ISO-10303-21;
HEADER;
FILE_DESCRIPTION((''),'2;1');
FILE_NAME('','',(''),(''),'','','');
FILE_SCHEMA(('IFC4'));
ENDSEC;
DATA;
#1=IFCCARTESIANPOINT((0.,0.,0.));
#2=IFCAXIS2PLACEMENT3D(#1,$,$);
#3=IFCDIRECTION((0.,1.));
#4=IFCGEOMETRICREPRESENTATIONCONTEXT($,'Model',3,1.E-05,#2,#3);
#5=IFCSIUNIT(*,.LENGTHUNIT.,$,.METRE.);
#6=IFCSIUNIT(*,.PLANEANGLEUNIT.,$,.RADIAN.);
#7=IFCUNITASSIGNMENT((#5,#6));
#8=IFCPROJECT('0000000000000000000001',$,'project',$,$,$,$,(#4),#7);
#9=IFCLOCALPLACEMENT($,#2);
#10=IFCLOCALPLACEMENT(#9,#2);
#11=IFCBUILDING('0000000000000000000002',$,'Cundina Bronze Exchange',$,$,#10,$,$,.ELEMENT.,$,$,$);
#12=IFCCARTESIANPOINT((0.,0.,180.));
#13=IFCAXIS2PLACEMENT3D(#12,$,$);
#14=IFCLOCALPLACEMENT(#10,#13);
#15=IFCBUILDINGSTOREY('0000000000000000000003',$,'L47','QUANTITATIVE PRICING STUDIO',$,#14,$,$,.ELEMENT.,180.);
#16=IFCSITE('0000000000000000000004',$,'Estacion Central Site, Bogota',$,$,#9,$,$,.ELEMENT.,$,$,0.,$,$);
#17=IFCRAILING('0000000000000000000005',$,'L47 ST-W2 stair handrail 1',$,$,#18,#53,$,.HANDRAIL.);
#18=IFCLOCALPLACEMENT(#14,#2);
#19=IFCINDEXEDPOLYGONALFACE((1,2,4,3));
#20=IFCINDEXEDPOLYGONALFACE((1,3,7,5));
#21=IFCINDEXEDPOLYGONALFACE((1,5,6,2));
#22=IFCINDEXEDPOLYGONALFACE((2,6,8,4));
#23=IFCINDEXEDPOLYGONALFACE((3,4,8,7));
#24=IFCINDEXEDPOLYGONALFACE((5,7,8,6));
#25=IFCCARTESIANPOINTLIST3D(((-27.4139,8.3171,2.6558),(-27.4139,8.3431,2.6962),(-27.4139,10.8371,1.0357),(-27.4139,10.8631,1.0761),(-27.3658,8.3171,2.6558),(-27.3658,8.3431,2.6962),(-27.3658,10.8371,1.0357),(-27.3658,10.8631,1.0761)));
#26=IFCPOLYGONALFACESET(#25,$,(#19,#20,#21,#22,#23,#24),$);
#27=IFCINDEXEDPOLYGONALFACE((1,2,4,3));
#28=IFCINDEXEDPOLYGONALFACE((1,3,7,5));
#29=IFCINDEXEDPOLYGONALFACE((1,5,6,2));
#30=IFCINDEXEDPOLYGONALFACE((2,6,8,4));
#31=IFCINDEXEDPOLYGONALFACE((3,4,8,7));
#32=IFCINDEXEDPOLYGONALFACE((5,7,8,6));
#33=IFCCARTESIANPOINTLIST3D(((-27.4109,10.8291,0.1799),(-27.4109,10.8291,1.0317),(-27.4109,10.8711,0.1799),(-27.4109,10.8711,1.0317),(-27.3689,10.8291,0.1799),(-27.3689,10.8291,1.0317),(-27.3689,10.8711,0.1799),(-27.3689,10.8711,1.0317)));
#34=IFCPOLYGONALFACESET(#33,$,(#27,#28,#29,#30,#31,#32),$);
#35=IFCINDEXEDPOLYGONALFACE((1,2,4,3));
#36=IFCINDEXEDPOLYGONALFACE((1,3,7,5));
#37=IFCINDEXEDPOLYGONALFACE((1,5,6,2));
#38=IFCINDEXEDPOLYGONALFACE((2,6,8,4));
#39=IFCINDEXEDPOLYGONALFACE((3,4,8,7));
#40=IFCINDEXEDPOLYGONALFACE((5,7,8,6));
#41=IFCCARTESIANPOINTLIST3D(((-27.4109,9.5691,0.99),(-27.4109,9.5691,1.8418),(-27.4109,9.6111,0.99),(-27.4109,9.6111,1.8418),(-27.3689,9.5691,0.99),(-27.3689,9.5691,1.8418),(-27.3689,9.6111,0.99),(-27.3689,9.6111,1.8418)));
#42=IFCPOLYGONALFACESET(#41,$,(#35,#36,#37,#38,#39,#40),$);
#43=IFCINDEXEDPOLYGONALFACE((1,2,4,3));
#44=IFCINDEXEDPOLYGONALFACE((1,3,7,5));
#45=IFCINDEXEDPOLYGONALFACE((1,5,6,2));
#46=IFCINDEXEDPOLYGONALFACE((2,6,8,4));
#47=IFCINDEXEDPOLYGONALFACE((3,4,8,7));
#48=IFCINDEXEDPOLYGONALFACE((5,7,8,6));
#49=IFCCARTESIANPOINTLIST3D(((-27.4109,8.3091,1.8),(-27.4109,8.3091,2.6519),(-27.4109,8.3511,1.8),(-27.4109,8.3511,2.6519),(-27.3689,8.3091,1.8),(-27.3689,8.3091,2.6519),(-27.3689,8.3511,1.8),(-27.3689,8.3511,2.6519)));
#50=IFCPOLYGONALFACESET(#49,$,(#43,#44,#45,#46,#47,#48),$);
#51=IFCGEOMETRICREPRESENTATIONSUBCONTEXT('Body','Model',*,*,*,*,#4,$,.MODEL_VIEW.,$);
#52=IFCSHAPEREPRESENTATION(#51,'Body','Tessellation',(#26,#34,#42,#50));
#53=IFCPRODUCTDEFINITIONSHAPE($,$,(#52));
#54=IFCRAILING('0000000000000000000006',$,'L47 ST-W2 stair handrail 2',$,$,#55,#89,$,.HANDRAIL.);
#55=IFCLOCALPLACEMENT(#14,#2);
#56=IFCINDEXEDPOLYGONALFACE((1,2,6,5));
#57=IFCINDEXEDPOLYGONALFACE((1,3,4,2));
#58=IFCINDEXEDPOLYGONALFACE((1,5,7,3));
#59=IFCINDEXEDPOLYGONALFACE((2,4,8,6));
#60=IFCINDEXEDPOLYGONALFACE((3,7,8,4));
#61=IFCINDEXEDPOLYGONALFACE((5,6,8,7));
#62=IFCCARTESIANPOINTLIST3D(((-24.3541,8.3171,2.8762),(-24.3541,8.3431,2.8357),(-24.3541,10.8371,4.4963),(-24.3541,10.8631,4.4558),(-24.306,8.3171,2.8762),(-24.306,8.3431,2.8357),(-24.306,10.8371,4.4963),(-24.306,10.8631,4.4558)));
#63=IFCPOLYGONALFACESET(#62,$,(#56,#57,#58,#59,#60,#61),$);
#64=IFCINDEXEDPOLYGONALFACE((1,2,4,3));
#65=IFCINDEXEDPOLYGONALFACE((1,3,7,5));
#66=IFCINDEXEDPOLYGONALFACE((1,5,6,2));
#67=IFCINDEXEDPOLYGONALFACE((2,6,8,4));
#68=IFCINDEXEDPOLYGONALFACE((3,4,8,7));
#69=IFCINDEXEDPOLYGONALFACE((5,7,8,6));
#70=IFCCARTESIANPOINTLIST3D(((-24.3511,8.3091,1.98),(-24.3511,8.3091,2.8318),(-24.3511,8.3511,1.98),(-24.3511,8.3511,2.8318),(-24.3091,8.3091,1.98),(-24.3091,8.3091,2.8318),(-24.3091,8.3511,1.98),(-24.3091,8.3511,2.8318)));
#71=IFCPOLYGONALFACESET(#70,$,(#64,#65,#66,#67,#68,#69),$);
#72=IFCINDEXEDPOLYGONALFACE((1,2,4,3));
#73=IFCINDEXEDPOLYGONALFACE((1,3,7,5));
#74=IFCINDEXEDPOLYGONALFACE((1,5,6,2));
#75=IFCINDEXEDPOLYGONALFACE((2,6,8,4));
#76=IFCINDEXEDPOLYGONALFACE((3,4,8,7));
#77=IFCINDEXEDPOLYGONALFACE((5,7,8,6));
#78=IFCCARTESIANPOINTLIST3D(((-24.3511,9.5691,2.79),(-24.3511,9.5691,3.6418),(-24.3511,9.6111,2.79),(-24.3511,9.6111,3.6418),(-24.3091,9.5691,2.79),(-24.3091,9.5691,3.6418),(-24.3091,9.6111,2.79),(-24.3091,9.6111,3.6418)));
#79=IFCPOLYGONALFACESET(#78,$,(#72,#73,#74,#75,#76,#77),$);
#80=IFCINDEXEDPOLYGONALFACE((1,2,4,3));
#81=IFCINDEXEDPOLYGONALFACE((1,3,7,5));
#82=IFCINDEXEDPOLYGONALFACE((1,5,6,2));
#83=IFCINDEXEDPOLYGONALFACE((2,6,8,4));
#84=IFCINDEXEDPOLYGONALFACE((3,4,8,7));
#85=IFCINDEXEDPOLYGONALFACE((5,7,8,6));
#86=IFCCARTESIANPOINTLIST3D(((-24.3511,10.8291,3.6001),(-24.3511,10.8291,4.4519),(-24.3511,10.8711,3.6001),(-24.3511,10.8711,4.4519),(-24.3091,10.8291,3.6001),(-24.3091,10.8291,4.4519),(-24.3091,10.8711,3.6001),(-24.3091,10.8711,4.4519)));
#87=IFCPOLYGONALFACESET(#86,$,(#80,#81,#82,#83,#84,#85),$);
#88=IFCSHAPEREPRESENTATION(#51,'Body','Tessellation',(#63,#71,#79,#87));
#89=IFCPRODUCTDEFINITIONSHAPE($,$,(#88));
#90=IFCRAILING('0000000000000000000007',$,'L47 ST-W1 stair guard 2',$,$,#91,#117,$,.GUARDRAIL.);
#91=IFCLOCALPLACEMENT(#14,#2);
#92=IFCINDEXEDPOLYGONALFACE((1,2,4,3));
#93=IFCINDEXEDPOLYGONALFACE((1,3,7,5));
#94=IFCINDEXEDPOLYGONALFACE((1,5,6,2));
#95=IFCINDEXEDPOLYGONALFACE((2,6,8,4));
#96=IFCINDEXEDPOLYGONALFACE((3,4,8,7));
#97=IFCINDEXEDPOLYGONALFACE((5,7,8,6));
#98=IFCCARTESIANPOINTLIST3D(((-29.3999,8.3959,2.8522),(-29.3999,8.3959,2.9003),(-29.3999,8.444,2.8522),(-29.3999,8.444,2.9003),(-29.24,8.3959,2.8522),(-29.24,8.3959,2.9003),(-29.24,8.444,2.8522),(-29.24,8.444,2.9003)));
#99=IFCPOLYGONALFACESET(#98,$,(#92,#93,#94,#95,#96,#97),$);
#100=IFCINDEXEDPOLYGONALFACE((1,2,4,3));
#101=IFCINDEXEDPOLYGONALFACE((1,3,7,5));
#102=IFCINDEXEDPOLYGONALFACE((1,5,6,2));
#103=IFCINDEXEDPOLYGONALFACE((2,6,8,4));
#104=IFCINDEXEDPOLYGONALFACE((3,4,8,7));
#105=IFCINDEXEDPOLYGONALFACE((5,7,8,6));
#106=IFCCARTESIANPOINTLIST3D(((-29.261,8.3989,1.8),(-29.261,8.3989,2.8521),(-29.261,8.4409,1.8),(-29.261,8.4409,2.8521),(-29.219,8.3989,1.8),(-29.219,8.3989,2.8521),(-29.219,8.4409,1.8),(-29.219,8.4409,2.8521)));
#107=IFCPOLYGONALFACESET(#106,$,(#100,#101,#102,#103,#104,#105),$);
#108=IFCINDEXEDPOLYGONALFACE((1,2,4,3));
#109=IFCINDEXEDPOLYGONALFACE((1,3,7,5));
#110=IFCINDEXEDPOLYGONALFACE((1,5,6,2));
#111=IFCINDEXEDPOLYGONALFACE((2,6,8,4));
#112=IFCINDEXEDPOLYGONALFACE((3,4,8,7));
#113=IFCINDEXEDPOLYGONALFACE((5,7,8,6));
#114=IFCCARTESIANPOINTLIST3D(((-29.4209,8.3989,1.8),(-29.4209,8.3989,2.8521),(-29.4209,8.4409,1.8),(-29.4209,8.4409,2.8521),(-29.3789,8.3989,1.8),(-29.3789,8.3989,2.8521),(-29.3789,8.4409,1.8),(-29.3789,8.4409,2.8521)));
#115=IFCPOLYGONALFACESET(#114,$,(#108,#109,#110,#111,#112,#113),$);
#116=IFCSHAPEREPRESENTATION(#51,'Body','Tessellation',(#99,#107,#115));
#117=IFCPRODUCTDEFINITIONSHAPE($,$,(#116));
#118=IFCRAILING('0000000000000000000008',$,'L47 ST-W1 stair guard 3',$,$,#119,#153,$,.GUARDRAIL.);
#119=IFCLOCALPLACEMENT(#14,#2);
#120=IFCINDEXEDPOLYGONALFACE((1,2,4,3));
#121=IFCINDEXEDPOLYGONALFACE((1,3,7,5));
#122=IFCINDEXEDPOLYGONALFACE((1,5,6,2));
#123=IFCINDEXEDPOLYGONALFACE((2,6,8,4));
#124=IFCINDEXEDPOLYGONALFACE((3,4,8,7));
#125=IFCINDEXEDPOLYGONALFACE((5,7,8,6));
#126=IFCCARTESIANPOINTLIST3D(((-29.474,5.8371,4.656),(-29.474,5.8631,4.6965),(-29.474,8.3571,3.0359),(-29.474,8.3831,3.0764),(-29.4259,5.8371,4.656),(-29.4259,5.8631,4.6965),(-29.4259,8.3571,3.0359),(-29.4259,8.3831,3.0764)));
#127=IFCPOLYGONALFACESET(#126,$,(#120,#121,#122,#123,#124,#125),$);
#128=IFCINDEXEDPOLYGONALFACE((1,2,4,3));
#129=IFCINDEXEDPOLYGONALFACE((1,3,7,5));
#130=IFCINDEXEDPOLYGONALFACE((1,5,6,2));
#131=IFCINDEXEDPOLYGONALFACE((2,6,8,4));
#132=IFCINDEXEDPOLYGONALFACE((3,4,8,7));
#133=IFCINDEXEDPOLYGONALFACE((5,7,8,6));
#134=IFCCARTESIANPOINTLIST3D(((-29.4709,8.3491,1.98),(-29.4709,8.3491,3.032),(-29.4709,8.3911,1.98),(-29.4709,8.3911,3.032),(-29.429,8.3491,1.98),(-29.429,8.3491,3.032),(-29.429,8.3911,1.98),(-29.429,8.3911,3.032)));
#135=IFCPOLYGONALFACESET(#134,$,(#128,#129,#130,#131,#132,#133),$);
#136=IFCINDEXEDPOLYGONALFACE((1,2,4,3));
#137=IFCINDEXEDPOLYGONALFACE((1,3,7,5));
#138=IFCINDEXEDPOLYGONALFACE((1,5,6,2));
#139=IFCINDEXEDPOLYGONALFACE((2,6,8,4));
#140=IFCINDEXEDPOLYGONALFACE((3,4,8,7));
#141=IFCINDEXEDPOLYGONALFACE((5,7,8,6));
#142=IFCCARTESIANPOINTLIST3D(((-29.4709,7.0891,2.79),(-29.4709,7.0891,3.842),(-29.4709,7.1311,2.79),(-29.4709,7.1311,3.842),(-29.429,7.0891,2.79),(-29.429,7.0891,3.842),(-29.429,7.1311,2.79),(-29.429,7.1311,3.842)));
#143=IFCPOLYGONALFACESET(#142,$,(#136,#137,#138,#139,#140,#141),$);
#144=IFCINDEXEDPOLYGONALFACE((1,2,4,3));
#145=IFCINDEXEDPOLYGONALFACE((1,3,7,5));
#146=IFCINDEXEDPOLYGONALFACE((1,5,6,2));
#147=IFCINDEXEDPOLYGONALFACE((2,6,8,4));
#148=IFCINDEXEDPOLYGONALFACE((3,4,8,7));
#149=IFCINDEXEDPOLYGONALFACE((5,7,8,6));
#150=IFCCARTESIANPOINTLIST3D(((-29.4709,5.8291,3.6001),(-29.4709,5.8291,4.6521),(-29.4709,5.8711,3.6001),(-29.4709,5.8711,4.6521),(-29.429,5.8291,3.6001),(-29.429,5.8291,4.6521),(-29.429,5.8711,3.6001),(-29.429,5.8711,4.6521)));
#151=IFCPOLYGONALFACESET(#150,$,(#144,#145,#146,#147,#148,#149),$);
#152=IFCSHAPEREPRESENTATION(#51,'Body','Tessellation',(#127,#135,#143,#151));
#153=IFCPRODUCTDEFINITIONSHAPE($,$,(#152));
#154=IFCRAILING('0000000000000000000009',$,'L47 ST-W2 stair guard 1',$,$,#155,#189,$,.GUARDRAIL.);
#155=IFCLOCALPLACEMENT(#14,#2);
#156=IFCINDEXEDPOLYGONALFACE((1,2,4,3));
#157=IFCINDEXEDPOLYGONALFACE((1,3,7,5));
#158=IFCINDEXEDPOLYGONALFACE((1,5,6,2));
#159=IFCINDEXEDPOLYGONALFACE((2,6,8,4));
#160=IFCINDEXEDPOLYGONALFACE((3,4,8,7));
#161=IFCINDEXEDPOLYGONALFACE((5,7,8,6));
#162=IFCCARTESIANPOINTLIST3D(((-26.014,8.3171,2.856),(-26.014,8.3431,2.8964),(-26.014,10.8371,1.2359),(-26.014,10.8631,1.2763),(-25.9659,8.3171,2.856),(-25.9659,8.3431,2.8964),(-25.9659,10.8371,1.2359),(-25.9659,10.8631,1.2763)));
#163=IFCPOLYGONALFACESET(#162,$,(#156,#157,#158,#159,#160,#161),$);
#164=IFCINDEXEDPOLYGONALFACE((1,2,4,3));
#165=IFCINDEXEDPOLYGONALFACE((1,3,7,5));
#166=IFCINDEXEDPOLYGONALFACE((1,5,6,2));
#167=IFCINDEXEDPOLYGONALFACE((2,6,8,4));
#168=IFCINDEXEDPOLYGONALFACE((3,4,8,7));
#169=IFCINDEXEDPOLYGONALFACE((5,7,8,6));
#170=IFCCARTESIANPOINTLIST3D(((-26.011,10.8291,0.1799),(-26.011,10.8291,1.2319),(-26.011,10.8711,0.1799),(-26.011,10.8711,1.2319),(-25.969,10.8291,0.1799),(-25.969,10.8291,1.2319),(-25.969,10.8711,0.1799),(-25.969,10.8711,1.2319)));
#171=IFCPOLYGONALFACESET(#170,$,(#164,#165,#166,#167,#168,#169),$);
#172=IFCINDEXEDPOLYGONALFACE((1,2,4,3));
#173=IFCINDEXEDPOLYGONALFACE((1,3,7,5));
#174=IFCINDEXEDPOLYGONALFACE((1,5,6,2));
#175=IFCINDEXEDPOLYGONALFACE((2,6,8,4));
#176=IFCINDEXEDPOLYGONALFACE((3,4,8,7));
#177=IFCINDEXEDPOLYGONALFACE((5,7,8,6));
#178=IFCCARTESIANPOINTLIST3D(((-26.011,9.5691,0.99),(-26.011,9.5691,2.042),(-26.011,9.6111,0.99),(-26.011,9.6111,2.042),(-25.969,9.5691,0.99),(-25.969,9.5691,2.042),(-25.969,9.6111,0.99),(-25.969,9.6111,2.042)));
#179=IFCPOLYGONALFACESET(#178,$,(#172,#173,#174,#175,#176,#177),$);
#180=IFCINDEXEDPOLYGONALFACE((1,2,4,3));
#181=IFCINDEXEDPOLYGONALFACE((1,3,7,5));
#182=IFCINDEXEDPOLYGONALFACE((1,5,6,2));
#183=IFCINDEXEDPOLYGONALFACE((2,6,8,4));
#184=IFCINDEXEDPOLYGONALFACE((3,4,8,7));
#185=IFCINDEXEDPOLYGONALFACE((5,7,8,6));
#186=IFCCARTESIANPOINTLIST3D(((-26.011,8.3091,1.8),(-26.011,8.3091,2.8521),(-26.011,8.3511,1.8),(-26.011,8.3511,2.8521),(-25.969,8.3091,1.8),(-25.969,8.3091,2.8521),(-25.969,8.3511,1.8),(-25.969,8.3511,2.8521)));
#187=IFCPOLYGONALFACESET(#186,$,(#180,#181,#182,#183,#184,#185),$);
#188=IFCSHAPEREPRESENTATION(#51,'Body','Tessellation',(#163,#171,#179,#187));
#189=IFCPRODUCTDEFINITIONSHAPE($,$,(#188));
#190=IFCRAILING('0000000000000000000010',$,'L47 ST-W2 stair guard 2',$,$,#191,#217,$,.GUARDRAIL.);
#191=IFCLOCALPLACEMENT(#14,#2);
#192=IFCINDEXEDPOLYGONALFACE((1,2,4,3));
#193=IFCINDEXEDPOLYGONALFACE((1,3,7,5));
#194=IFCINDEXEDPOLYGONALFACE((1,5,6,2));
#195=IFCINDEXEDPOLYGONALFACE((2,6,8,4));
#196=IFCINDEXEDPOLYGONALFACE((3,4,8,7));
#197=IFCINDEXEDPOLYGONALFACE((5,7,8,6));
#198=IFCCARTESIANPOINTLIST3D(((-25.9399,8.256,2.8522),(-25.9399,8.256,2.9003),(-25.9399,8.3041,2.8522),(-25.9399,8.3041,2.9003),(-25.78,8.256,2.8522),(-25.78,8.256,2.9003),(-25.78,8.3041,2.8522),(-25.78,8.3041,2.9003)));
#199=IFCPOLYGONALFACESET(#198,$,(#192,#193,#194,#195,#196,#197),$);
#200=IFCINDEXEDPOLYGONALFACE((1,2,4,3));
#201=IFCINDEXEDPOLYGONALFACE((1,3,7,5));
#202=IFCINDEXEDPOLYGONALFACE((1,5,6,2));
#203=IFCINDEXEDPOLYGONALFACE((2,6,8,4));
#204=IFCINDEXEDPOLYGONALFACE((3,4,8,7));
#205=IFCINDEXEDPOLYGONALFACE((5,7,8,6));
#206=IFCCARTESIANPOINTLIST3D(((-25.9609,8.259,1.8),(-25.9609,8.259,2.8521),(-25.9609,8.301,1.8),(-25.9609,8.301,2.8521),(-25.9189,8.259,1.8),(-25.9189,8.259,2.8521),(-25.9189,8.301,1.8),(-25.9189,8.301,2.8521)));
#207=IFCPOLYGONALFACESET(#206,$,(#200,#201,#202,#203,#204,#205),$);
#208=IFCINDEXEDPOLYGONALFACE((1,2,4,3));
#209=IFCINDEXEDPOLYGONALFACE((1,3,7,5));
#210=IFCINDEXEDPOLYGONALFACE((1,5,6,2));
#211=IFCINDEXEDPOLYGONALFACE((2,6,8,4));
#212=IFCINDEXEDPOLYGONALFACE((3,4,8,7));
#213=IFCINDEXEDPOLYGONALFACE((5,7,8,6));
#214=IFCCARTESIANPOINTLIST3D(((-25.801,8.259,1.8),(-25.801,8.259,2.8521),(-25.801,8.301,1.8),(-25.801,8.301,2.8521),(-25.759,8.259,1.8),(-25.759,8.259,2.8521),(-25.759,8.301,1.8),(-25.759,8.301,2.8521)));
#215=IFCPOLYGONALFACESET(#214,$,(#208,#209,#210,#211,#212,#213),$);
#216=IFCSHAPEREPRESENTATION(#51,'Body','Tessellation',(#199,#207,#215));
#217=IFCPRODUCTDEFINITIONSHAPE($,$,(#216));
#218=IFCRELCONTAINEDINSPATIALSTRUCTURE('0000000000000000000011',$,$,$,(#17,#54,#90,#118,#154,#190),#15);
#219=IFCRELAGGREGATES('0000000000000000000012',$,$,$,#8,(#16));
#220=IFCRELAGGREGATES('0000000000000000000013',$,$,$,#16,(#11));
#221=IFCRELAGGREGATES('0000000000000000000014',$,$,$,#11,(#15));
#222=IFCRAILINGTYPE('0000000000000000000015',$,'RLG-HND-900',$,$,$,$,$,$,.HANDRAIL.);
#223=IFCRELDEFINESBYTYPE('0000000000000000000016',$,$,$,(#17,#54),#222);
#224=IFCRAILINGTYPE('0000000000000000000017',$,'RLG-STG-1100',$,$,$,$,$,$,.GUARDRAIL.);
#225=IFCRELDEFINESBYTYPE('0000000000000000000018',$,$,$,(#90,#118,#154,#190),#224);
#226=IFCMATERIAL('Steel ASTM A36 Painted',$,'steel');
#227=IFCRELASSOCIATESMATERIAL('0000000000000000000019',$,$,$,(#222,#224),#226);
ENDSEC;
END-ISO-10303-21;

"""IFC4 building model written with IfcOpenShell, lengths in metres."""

from ifc_helpers import new_model, si_unit, direction, frame, origin, origin_2d, place, context, subcontext, project, spatial, rectangle, extrude, material, type_object, element, save


model = new_model("IFC4")

# Units and contexts
model_context = context("Model", 3, precision=1e-05, world=origin(), true_north=direction((0.0, 1.0)))
body_context = subcontext(model_context, "Body", "Model", "MODEL_VIEW")
ifc_project = project(units=[si_unit("LENGTHUNIT", "METRE"), si_unit("PLANEANGLEUNIT", "RADIAN")], contexts=[model_context])

# Site, building, storey
site_placement = place(None, origin())
site = spatial("IfcSite", under=ifc_project, at=site_placement, Name="Estacion Central Site, Bogota", CompositionType="ELEMENT", RefElevation=0.0)
building_placement = place(site_placement, origin())
building = spatial("IfcBuilding", under=site, at=building_placement, Name="Cundina Bronze Exchange", CompositionType="ELEMENT")
storey_placement = place(building_placement, frame((0.0, 0.0, 180.0)))
storey = spatial("IfcBuildingStorey", under=building, at=storey_placement, Name="L47", Description="QUANTITATIVE PRICING STUDIO", CompositionType="ELEMENT", Elevation=180.0)

# Shared definitions
ifc_material_1 = material(Name="Steel ASTM A36 Painted", Category="steel")

# Railings
railing_type_1 = type_object("IfcRailingType", Name="RLG-HND-900", PredefinedType="HANDRAIL", material=ifc_material_1)
railing_1_placement = place(storey_placement, frame((-27.3899, 10.8501, 0.1799)))
element("IfcRailing", 1, at=railing_1_placement, inside=storey, type_object=railing_type_1, Name="L47 ST-W2 stair handrail 1", PredefinedType="HANDRAIL", context=body_context, shape_type="SweptSolid", body=[
    extrude(rectangle(XDim=0.0481, YDim=0.0481, at=origin_2d()), frame((0.0, 0.0, 0.876), z_axis=(0.0, -0.841163, 0.540782), x_axis=(1.0, 0.0, 0.0)), (0.0, 0.0, 1.0), 2.9958),
    extrude(rectangle(XDim=0.042, YDim=0.042, at=origin_2d()), origin(), (0.0, 0.0, 1.0), 0.8518),
    extrude(rectangle(XDim=0.042, YDim=0.042, at=origin_2d()), frame((0.0, -1.26, 0.8101)), (0.0, 0.0, 1.0), 0.8518),
    extrude(rectangle(XDim=0.042, YDim=0.042, at=origin_2d()), frame((0.0, -2.52, 1.6201)), (0.0, 0.0, 1.0), 0.8518),
])
railing_2_placement = place(storey_placement, frame((-24.3301, 8.3301, 1.98)))
element("IfcRailing", 2, at=railing_2_placement, inside=storey, type_object=railing_type_1, Name="L47 ST-W2 stair handrail 2", PredefinedType="HANDRAIL", context=body_context, shape_type="SweptSolid", body=[
    extrude(rectangle(XDim=0.0481, YDim=0.0481, at=origin_2d()), frame((0.0, 0.0, 0.876), z_axis=(0.0, 0.841163, 0.540782), x_axis=(-1.0, 0.0, 0.0)), (0.0, 0.0, 1.0), 2.9958),
    extrude(rectangle(XDim=0.042, YDim=0.042, at=origin_2d()), origin(), (0.0, 0.0, 1.0), 0.8518),
    extrude(rectangle(XDim=0.042, YDim=0.042, at=origin_2d()), frame((0.0, 1.26, 0.8101)), (0.0, 0.0, 1.0), 0.8518),
    extrude(rectangle(XDim=0.042, YDim=0.042, at=origin_2d()), frame((0.0, 2.52, 1.6201)), (0.0, 0.0, 1.0), 0.8518),
])
railing_type_2 = type_object("IfcRailingType", Name="RLG-STG-1100", PredefinedType="GUARDRAIL", material=ifc_material_1)
railing_3_placement = place(storey_placement, frame((-29.24, 8.4199, 1.8)))
element("IfcRailing", 3, at=railing_3_placement, inside=storey, type_object=railing_type_2, Name="L47 ST-W1 stair guard 2", PredefinedType="GUARDRAIL", context=body_context, shape_type="SweptSolid", body=[
    extrude(rectangle(XDim=0.0481, YDim=0.0481, at=origin_2d()), frame((0.0, 0.0, 1.0762), z_axis=(-1.0, 0.0, 0.0), x_axis=(0.0, -1.0, 0.0)), (0.0, 0.0, 1.0), 0.1599),
    extrude(rectangle(XDim=0.042, YDim=0.042, at=origin_2d()), origin(), (0.0, 0.0, 1.0), 1.052),
    extrude(rectangle(XDim=0.042, YDim=0.042, at=origin_2d()), frame((-0.1599, 0.0, 0.0)), (0.0, 0.0, 1.0), 1.052),
])
for number, where, name in (
    (4, (-29.45, 8.3701, 1.98), "L47 ST-W1 stair guard 3"),
    (5, (-25.99, 10.8501, 0.1799), "L47 ST-W2 stair guard 1"),
):
    element("IfcRailing", number, at=place(storey_placement, frame(where)), inside=storey, type_object=railing_type_2, Name=name, PredefinedType="GUARDRAIL", context=body_context, shape_type="SweptSolid", body=[
        extrude(rectangle(XDim=0.0481, YDim=0.0481, at=origin_2d()), frame((0.0, 0.0, 1.0762), z_axis=(0.0, -0.841163, 0.540782), x_axis=(1.0, 0.0, 0.0)), (0.0, 0.0, 1.0), 2.9958),
        extrude(rectangle(XDim=0.042, YDim=0.042, at=origin_2d()), origin(), (0.0, 0.0, 1.0), 1.052),
        extrude(rectangle(XDim=0.042, YDim=0.042, at=origin_2d()), frame((0.0, -1.26, 0.8101)), (0.0, 0.0, 1.0), 1.052),
        extrude(rectangle(XDim=0.042, YDim=0.042, at=origin_2d()), frame((0.0, -2.52, 1.6201)), (0.0, 0.0, 1.0), 1.052),
    ])
railing_4_placement = place(storey_placement, frame((-25.9399, 8.28, 1.8)))
element("IfcRailing", 6, at=railing_4_placement, inside=storey, type_object=railing_type_2, Name="L47 ST-W2 stair guard 2", PredefinedType="GUARDRAIL", context=body_context, shape_type="SweptSolid", body=[
    extrude(rectangle(XDim=0.0481, YDim=0.0481, at=origin_2d()), frame((0.0, 0.0, 1.0762), z_axis=(1.0, 0.0, 0.0), x_axis=(0.0, 1.0, 0.0)), (0.0, 0.0, 1.0), 0.1599),
    extrude(rectangle(XDim=0.042, YDim=0.042, at=origin_2d()), origin(), (0.0, 0.0, 1.0), 1.052),
    extrude(rectangle(XDim=0.042, YDim=0.042, at=origin_2d()), frame((0.1599, 0.0, 0.0)), (0.0, 0.0, 1.0), 1.052),
])

save(model, "model.ifc")
